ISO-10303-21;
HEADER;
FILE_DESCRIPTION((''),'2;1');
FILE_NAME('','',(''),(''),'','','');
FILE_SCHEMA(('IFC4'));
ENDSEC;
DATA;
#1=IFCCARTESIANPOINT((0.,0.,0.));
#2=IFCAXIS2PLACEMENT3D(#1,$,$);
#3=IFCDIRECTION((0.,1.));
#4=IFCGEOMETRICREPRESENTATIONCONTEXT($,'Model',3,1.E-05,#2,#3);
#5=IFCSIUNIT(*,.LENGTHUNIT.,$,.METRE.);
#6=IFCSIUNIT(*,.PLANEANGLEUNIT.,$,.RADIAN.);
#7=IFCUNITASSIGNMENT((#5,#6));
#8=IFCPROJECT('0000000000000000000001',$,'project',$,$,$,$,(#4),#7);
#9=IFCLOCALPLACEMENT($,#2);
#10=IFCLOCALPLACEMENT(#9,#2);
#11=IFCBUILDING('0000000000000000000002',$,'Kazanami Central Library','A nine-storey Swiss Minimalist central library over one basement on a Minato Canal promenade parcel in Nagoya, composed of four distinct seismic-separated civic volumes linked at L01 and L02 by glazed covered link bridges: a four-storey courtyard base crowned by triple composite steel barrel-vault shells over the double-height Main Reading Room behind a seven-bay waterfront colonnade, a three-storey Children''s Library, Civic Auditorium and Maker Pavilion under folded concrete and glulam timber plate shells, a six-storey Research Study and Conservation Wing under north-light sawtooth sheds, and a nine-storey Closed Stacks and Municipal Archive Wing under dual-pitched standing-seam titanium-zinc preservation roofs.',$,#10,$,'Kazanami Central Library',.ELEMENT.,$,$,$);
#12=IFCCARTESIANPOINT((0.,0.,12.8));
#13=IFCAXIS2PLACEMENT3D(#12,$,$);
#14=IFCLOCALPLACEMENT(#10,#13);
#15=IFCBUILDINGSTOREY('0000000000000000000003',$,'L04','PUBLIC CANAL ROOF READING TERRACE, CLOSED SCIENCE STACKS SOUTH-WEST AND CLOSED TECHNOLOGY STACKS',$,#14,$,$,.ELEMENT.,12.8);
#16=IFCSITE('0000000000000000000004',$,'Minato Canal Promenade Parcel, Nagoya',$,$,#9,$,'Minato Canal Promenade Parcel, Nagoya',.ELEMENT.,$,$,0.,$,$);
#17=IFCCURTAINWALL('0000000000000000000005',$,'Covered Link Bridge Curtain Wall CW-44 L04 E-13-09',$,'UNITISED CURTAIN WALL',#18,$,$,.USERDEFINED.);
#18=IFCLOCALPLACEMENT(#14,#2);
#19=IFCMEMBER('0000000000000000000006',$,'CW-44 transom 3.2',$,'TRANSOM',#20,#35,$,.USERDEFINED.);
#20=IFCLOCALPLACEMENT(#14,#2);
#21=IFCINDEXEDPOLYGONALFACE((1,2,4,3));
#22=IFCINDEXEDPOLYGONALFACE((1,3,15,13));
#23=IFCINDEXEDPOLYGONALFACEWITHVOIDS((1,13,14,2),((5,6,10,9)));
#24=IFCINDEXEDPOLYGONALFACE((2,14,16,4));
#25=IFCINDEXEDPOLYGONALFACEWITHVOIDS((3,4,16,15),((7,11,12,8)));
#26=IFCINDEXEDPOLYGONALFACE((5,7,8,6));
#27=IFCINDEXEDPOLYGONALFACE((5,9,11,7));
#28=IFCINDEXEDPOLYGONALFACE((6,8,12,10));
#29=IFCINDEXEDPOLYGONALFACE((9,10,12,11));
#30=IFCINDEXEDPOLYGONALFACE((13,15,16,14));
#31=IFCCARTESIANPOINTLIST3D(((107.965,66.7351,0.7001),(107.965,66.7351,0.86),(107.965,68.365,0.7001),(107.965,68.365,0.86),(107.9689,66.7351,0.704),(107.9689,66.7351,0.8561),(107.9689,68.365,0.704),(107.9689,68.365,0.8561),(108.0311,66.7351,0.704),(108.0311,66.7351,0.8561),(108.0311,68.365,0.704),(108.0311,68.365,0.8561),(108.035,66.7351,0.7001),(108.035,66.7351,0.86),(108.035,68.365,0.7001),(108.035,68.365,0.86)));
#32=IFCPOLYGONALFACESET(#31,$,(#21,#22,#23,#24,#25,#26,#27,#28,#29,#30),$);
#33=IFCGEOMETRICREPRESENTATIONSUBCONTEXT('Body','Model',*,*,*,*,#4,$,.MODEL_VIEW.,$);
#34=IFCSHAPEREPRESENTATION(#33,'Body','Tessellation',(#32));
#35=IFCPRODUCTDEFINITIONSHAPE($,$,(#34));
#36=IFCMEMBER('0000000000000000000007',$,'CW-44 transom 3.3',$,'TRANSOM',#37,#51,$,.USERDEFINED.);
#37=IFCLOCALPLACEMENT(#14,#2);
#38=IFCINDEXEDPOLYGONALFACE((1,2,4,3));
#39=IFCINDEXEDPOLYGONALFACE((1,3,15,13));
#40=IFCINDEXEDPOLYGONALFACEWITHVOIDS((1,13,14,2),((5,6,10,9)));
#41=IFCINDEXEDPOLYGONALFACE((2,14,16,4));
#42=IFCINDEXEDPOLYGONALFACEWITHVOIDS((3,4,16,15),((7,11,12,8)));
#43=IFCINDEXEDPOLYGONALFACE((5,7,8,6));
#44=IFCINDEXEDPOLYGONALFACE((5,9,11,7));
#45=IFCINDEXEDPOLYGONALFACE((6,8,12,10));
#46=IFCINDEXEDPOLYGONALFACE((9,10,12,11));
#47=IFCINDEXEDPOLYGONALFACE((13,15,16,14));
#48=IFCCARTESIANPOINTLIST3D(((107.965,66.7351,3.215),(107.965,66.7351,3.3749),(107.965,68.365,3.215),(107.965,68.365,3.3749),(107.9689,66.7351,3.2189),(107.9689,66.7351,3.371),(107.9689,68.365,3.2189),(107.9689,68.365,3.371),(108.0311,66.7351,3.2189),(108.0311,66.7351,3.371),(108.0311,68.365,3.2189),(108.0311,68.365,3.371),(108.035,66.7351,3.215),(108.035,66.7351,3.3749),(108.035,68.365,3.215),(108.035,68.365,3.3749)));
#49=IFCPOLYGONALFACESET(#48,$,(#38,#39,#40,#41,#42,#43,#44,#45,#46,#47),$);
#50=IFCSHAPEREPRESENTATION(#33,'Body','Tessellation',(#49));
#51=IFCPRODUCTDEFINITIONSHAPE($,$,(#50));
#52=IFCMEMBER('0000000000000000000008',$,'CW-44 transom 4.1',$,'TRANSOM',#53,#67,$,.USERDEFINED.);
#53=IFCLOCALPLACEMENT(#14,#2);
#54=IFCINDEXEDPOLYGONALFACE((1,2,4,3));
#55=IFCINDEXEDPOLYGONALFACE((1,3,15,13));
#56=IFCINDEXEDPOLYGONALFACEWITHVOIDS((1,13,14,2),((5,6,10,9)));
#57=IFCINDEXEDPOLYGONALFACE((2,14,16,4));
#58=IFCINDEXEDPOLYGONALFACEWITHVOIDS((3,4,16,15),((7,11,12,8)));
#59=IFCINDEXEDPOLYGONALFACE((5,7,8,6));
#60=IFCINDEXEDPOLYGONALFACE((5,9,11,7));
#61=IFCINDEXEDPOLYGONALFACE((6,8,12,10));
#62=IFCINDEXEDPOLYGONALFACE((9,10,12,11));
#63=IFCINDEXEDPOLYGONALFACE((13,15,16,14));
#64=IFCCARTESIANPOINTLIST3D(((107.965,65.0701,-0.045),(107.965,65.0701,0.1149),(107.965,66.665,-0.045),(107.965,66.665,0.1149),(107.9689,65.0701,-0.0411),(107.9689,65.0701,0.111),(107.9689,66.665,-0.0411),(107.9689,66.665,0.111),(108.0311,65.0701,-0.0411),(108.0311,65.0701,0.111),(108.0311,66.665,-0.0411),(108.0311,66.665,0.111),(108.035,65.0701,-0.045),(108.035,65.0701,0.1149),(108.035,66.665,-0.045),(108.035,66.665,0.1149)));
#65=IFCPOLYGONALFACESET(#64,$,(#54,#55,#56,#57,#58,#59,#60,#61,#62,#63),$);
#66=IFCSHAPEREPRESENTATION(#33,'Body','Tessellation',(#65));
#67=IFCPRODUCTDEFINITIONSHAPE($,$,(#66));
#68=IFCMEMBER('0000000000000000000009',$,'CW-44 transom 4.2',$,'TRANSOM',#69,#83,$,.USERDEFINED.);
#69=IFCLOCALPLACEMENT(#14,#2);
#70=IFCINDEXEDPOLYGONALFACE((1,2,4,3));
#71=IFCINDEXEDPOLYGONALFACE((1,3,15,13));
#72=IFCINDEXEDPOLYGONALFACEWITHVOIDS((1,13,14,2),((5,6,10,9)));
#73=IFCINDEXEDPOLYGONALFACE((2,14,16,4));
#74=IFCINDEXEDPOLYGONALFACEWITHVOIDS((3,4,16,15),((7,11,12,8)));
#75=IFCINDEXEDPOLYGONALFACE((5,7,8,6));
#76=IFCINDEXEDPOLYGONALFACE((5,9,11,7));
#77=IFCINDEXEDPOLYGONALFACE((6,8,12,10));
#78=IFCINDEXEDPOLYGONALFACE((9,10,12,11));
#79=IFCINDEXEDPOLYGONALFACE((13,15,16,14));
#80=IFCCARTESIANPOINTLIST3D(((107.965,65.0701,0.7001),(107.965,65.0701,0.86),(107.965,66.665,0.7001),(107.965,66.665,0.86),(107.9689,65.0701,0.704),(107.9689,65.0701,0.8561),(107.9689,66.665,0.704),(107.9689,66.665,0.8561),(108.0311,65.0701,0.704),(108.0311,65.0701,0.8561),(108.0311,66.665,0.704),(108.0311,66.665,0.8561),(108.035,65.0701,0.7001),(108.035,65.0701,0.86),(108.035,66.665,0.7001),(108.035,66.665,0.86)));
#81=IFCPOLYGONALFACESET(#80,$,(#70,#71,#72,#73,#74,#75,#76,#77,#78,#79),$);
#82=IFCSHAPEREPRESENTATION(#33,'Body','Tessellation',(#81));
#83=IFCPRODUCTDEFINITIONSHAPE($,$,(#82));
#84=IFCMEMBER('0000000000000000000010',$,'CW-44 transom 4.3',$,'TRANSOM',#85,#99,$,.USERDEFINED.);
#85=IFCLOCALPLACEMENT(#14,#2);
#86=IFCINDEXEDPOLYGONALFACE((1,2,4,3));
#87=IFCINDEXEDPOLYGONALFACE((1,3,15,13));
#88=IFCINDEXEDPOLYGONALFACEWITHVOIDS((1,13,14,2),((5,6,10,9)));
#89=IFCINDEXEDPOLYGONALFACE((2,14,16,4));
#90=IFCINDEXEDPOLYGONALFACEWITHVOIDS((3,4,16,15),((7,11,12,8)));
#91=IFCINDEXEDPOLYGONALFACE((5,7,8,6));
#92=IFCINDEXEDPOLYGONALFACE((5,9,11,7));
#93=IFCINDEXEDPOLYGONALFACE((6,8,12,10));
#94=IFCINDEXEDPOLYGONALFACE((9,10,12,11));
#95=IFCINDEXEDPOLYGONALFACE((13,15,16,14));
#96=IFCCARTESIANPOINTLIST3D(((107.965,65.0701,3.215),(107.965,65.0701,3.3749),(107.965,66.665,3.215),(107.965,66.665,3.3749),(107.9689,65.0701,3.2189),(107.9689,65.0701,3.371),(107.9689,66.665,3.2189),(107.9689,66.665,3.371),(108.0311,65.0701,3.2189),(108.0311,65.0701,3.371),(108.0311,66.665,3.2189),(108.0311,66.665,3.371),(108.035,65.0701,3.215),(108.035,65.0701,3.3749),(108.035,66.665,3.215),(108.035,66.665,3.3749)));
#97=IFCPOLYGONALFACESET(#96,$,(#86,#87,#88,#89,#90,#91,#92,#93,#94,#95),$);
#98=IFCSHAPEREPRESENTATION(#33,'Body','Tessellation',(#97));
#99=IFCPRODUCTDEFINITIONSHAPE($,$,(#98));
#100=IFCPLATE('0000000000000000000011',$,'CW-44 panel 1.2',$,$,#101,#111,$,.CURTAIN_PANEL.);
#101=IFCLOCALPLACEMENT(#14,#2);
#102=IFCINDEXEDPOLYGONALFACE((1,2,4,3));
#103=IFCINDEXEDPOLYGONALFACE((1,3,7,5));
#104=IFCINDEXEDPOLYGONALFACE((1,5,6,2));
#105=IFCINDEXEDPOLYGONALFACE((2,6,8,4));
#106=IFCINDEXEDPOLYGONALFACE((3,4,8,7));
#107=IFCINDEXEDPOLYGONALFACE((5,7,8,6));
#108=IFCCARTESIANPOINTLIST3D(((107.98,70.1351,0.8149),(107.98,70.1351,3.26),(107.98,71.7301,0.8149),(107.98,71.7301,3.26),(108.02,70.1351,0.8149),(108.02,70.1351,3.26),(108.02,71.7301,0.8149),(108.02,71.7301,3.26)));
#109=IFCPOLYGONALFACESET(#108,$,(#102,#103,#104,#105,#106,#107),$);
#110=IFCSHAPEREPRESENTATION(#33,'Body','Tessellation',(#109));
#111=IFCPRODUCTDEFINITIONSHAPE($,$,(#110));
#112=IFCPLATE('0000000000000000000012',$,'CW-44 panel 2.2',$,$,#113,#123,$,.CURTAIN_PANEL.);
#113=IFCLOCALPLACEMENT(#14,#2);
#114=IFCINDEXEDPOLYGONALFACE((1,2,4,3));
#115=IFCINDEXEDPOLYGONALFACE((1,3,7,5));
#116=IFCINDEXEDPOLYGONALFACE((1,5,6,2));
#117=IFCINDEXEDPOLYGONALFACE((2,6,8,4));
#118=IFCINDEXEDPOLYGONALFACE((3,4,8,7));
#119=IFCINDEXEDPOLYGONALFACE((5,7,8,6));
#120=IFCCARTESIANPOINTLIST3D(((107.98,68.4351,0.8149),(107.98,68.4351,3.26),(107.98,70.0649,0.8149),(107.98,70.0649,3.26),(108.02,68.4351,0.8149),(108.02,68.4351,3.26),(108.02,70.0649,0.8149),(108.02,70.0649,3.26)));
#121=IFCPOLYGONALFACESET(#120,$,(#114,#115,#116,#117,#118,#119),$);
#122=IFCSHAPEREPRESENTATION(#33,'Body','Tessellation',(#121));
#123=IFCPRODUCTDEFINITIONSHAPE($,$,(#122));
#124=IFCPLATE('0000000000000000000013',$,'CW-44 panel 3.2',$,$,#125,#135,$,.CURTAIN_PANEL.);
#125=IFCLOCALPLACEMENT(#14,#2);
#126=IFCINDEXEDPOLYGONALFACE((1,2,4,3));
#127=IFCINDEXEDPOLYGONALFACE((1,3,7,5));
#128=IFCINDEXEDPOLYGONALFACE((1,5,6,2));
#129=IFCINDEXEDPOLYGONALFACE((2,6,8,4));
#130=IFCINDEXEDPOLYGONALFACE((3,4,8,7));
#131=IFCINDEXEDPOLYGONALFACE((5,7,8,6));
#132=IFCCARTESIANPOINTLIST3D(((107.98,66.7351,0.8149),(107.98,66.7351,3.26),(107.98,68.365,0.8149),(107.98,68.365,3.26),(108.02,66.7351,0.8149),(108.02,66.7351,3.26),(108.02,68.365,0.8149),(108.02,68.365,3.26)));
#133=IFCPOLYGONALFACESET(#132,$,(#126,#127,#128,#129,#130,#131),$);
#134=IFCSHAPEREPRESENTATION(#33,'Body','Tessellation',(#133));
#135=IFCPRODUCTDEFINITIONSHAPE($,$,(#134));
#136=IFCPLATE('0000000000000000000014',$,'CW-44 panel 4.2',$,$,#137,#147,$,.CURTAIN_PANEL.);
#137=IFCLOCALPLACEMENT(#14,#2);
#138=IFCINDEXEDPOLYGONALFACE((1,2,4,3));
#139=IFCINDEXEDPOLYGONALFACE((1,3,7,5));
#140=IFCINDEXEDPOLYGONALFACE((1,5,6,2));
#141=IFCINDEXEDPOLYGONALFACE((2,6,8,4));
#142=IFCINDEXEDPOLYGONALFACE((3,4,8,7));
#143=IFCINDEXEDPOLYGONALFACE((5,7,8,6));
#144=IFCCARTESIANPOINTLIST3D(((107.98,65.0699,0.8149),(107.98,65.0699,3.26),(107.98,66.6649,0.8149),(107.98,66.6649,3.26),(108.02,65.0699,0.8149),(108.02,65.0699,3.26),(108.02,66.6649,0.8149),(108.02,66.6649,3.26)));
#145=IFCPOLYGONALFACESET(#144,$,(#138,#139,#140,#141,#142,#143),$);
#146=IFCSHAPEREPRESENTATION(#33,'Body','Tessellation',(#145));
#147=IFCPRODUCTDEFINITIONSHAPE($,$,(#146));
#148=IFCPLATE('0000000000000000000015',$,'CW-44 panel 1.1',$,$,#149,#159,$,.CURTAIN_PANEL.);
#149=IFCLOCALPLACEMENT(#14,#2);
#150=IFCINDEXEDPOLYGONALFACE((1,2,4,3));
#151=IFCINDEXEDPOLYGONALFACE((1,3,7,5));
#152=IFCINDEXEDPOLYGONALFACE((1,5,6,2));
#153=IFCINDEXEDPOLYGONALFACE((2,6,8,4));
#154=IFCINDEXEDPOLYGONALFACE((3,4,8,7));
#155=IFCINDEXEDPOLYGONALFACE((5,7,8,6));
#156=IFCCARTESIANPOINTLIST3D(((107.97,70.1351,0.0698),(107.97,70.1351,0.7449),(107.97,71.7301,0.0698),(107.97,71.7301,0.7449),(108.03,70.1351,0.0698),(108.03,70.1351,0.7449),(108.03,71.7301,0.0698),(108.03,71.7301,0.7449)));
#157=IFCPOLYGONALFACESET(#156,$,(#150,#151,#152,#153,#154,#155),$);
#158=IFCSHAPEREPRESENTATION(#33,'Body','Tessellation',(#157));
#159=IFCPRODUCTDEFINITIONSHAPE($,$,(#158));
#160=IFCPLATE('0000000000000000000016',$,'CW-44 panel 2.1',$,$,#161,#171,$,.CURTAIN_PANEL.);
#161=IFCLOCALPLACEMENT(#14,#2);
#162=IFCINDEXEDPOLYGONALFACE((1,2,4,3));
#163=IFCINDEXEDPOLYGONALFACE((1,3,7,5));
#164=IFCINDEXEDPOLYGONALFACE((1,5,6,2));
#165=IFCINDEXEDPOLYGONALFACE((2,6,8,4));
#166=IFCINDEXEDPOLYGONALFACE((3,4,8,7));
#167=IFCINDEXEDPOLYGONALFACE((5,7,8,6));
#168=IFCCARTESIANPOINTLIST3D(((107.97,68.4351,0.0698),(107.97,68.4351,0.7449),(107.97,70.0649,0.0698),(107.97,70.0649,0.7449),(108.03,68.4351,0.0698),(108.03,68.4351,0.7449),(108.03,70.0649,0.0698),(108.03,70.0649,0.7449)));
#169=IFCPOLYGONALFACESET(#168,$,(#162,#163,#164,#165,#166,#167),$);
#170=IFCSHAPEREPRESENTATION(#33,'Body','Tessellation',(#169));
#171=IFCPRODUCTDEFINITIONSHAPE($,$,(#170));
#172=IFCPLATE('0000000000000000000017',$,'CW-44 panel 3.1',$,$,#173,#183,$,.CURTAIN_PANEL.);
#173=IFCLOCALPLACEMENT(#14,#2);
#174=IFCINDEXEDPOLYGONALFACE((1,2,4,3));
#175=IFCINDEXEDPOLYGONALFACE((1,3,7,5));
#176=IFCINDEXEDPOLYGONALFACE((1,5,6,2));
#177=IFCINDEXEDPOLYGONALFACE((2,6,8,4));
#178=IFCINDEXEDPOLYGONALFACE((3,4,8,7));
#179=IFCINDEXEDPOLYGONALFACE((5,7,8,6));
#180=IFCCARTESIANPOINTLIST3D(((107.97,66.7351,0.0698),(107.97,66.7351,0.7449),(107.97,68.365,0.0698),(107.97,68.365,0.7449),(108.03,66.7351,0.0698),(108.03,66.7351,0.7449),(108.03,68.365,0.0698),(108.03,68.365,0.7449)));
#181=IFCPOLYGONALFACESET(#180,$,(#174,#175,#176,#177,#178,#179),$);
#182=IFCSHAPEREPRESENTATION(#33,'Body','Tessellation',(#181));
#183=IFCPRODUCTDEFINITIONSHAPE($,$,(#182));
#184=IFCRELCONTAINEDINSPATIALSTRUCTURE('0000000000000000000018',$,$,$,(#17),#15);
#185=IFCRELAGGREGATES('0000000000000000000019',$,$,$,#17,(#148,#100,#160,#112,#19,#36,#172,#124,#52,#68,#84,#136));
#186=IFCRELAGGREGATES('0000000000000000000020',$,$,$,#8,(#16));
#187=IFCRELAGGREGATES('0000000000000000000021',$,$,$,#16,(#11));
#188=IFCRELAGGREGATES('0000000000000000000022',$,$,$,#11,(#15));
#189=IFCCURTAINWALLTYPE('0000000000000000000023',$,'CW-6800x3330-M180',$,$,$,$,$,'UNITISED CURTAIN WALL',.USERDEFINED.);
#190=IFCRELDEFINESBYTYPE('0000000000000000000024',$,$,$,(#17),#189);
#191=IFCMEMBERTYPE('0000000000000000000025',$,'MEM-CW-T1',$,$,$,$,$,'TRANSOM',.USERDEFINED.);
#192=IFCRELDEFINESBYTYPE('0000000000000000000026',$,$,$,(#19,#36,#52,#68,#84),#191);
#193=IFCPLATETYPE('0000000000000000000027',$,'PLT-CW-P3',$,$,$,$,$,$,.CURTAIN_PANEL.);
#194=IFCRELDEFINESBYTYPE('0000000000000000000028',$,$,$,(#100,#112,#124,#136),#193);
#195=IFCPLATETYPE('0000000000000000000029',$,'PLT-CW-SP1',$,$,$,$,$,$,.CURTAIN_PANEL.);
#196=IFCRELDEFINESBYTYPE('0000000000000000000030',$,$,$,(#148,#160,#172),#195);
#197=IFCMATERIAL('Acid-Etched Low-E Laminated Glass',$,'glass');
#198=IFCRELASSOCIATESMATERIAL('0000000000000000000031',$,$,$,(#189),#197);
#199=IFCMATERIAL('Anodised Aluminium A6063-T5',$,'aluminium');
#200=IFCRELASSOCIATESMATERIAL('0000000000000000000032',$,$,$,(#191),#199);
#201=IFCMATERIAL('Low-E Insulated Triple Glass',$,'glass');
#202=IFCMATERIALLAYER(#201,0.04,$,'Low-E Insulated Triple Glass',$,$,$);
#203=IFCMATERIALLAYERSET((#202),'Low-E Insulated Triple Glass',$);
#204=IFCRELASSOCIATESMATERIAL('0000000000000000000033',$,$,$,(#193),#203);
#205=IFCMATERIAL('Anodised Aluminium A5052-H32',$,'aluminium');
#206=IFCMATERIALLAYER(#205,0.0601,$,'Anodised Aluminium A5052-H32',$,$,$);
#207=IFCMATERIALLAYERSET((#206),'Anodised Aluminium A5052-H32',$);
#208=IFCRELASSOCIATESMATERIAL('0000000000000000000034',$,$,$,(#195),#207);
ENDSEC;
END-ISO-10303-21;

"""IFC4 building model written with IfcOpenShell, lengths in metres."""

from ifc_helpers import new_model, si_unit, direction, frame, origin, origin_2d, place, context, subcontext, project, spatial, rectangle, hollow_rectangle, extrude, material, layer, layer_set, material_profile, profile_set, type_object, element, aggregate, save


model = new_model("IFC4")

# Units and contexts
model_context = context("Model", 3, precision=1e-05, world=origin(), true_north=direction((0.0, 1.0)))
body_context = subcontext(model_context, "Body", "Model", "MODEL_VIEW")
ifc_project = project(units=[si_unit("LENGTHUNIT", "METRE"), si_unit("PLANEANGLEUNIT", "RADIAN")], contexts=[model_context])

# Site, building, storey
site_placement = place(None, origin())
site = spatial("IfcSite", under=ifc_project, at=site_placement, Name="Minato Canal Promenade Parcel, Nagoya", LongName="Minato Canal Promenade Parcel, Nagoya", CompositionType="ELEMENT", RefElevation=0.0)
building_placement = place(site_placement, origin())
building = spatial("IfcBuilding", under=site, at=building_placement, Name="Kazanami Central Library", Description="A nine-storey Swiss Minimalist central library over one basement on a Minato Canal promenade parcel in Nagoya, composed of four distinct seismic-separated civic volumes linked at L01 and L02 by glazed covered link bridges: a four-storey courtyard base crowned by triple composite steel barrel-vault shells over the double-height Main Reading Room behind a seven-bay waterfront colonnade, a three-storey Children's Library, Civic Auditorium and Maker Pavilion under folded concrete and glulam timber plate shells, a six-storey Research Study and Conservation Wing under north-light sawtooth sheds, and a nine-storey Closed Stacks and Municipal Archive Wing under dual-pitched standing-seam titanium-zinc preservation roofs.", LongName="Kazanami Central Library", CompositionType="ELEMENT")
storey_placement = place(building_placement, frame((0.0, 0.0, 12.8)))
storey = spatial("IfcBuildingStorey", under=building, at=storey_placement, Name="L04", Description="PUBLIC CANAL ROOF READING TERRACE, CLOSED SCIENCE STACKS SOUTH-WEST AND CLOSED TECHNOLOGY STACKS", CompositionType="ELEMENT", Elevation=12.8)

# Curtain wall, members, plates
ifc_material_1 = material(Name="Acid-Etched Low-E Laminated Glass", Category="glass")
curtain_wall_type = type_object("IfcCurtainWallType", Name="CW-6800x3330-M180", ElementType="UNITISED CURTAIN WALL", PredefinedType="USERDEFINED", material=ifc_material_1)
curtain_wall_placement = place(storey_placement, origin())
curtain_wall = element("IfcCurtainWall", 1, at=curtain_wall_placement, inside=storey, type_object=curtain_wall_type, Name="Covered Link Bridge Curtain Wall CW-44 L04 E-13-09", ObjectType="UNITISED CURTAIN WALL", PredefinedType="USERDEFINED")
ifc_material_2 = material(Name="Anodised Aluminium A6063-T5", Category="aluminium")
ifc_material_profile_1 = material_profile(ifc_material_2, hollow_rectangle(XDim=0.0701, YDim=0.1599, WallThickness=0.0039, at=origin_2d()), Name="ALU-TRAN-70x160x4")
ifc_profile_set_1 = profile_set([ifc_material_profile_1], Name="Anodised Aluminium A6063-T5")
member_type_1 = type_object("IfcMemberType", Name="MEM-CW-T1", ElementType="TRANSOM", PredefinedType="USERDEFINED", material=ifc_profile_set_1)
member_1_placement = place(storey_placement, frame((108.0, 68.365, 0.78), z_axis=(0.0, -1.0, 0.0), x_axis=(1.0, 0.0, 0.0)))
member_1 = element("IfcMember", 2, at=member_1_placement, type_object=member_type_1, Name="CW-44 transom 3.2", ObjectType="TRANSOM", PredefinedType="USERDEFINED", context=body_context, shape_type="SweptSolid", body=[
    extrude(hollow_rectangle(XDim=0.0701, YDim=0.1599, WallThickness=0.0039, at=origin_2d()), origin(), (0.0, 0.0, 1.0), 1.6299),
])
member_2_placement = place(storey_placement, frame((108.0, 68.365, 3.2949), z_axis=(0.0, -1.0, 0.0), x_axis=(1.0, 0.0, 0.0)))
member_2 = element("IfcMember", 3, at=member_2_placement, type_object=member_type_1, Name="CW-44 transom 3.3", ObjectType="TRANSOM", PredefinedType="USERDEFINED", context=body_context, shape_type="SweptSolid", body=[
    extrude(hollow_rectangle(XDim=0.0701, YDim=0.1599, WallThickness=0.0039, at=origin_2d()), origin(), (0.0, 0.0, 1.0), 1.6299),
])
member_3_placement = place(storey_placement, frame((108.0, 66.665, 0.0349), z_axis=(0.0, -1.0, 0.0), x_axis=(1.0, 0.0, 0.0)))
member_3 = element("IfcMember", 4, at=member_3_placement, type_object=member_type_1, Name="CW-44 transom 4.1", ObjectType="TRANSOM", PredefinedType="USERDEFINED", context=body_context, shape_type="SweptSolid", body=[
    extrude(hollow_rectangle(XDim=0.0701, YDim=0.1599, WallThickness=0.0039, at=origin_2d()), origin(), (0.0, 0.0, 1.0), 1.595),
])
member_4_placement = place(storey_placement, frame((108.0, 66.665, 0.78), z_axis=(0.0, -1.0, 0.0), x_axis=(1.0, 0.0, 0.0)))
member_4 = element("IfcMember", 5, at=member_4_placement, type_object=member_type_1, Name="CW-44 transom 4.2", ObjectType="TRANSOM", PredefinedType="USERDEFINED", context=body_context, shape_type="SweptSolid", body=[
    extrude(hollow_rectangle(XDim=0.0701, YDim=0.1599, WallThickness=0.0039, at=origin_2d()), origin(), (0.0, 0.0, 1.0), 1.595),
])
member_5_placement = place(storey_placement, frame((108.0, 66.665, 3.2949), z_axis=(0.0, -1.0, 0.0), x_axis=(1.0, 0.0, 0.0)))
member_5 = element("IfcMember", 6, at=member_5_placement, type_object=member_type_1, Name="CW-44 transom 4.3", ObjectType="TRANSOM", PredefinedType="USERDEFINED", context=body_context, shape_type="SweptSolid", body=[
    extrude(hollow_rectangle(XDim=0.0701, YDim=0.1599, WallThickness=0.0039, at=origin_2d()), origin(), (0.0, 0.0, 1.0), 1.595),
])
ifc_material_3 = material(Name="Low-E Insulated Triple Glass", Category="glass")
ifc_layer_1 = layer(ifc_material_3, 0.04, Name="Low-E Insulated Triple Glass")
ifc_layer_set_1 = layer_set([ifc_layer_1], Name="Low-E Insulated Triple Glass")
plate_type_1 = type_object("IfcPlateType", Name="PLT-CW-P3", PredefinedType="CURTAIN_PANEL", material=ifc_layer_set_1)
plate_1_placement = place(storey_placement, frame((108.0, 70.9326, 0.8149), z_axis=(0.0, 0.0, 1.0), x_axis=(0.0, -1.0, 0.0)))
plate_1 = element("IfcPlate", 7, at=plate_1_placement, type_object=plate_type_1, Name="CW-44 panel 1.2", PredefinedType="CURTAIN_PANEL", context=body_context, shape_type="SweptSolid", body=[
    extrude(rectangle(XDim=1.595, YDim=0.04, at=origin_2d()), origin(), (0.0, 0.0, 1.0), 2.4451),
])
plate_2_placement = place(storey_placement, frame((108.0, 69.25, 0.8149), z_axis=(0.0, 0.0, 1.0), x_axis=(0.0, -1.0, 0.0)))
plate_2 = element("IfcPlate", 8, at=plate_2_placement, type_object=plate_type_1, Name="CW-44 panel 2.2", PredefinedType="CURTAIN_PANEL", context=body_context, shape_type="SweptSolid", body=[
    extrude(rectangle(XDim=1.6299, YDim=0.04, at=origin_2d()), origin(), (0.0, 0.0, 1.0), 2.4451),
])
plate_3_placement = place(storey_placement, frame((108.0, 67.55, 0.8149), z_axis=(0.0, 0.0, 1.0), x_axis=(0.0, -1.0, 0.0)))
plate_3 = element("IfcPlate", 9, at=plate_3_placement, type_object=plate_type_1, Name="CW-44 panel 3.2", PredefinedType="CURTAIN_PANEL", context=body_context, shape_type="SweptSolid", body=[
    extrude(rectangle(XDim=1.6299, YDim=0.04, at=origin_2d()), origin(), (0.0, 0.0, 1.0), 2.4451),
])
plate_4_placement = place(storey_placement, frame((108.0, 65.8674, 0.8149), z_axis=(0.0, 0.0, 1.0), x_axis=(0.0, -1.0, 0.0)))
plate_4 = element("IfcPlate", 10, at=plate_4_placement, type_object=plate_type_1, Name="CW-44 panel 4.2", PredefinedType="CURTAIN_PANEL", context=body_context, shape_type="SweptSolid", body=[
    extrude(rectangle(XDim=1.595, YDim=0.04, at=origin_2d()), origin(), (0.0, 0.0, 1.0), 2.4451),
])
ifc_material_4 = material(Name="Anodised Aluminium A5052-H32", Category="aluminium")
ifc_layer_2 = layer(ifc_material_4, 0.0601, Name="Anodised Aluminium A5052-H32")
ifc_layer_set_2 = layer_set([ifc_layer_2], Name="Anodised Aluminium A5052-H32")
plate_type_2 = type_object("IfcPlateType", Name="PLT-CW-SP1", PredefinedType="CURTAIN_PANEL", material=ifc_layer_set_2)
plate_5_placement = place(storey_placement, frame((108.0, 70.9326, 0.0698), z_axis=(0.0, 0.0, 1.0), x_axis=(0.0, -1.0, 0.0)))
plate_5 = element("IfcPlate", 11, at=plate_5_placement, type_object=plate_type_2, Name="CW-44 panel 1.1", PredefinedType="CURTAIN_PANEL", context=body_context, shape_type="SweptSolid", body=[
    extrude(rectangle(XDim=1.595, YDim=0.0601, at=origin_2d()), origin(), (0.0, 0.0, 1.0), 0.675),
])
plate_6_placement = place(storey_placement, frame((108.0, 69.25, 0.0698), z_axis=(0.0, 0.0, 1.0), x_axis=(0.0, -1.0, 0.0)))
plate_6 = element("IfcPlate", 12, at=plate_6_placement, type_object=plate_type_2, Name="CW-44 panel 2.1", PredefinedType="CURTAIN_PANEL", context=body_context, shape_type="SweptSolid", body=[
    extrude(rectangle(XDim=1.6299, YDim=0.0601, at=origin_2d()), origin(), (0.0, 0.0, 1.0), 0.675),
])
plate_7_placement = place(storey_placement, frame((108.0, 67.55, 0.0698), z_axis=(0.0, 0.0, 1.0), x_axis=(0.0, -1.0, 0.0)))
plate_7 = element("IfcPlate", 13, at=plate_7_placement, type_object=plate_type_2, Name="CW-44 panel 3.1", PredefinedType="CURTAIN_PANEL", context=body_context, shape_type="SweptSolid", body=[
    extrude(rectangle(XDim=1.6299, YDim=0.0601, at=origin_2d()), origin(), (0.0, 0.0, 1.0), 0.675),
])
aggregate(curtain_wall, [plate_5, plate_1, plate_6, plate_2, member_1, member_2, plate_7, plate_3, member_3, member_4, member_5, plate_4])

save(model, "model.ifc")
